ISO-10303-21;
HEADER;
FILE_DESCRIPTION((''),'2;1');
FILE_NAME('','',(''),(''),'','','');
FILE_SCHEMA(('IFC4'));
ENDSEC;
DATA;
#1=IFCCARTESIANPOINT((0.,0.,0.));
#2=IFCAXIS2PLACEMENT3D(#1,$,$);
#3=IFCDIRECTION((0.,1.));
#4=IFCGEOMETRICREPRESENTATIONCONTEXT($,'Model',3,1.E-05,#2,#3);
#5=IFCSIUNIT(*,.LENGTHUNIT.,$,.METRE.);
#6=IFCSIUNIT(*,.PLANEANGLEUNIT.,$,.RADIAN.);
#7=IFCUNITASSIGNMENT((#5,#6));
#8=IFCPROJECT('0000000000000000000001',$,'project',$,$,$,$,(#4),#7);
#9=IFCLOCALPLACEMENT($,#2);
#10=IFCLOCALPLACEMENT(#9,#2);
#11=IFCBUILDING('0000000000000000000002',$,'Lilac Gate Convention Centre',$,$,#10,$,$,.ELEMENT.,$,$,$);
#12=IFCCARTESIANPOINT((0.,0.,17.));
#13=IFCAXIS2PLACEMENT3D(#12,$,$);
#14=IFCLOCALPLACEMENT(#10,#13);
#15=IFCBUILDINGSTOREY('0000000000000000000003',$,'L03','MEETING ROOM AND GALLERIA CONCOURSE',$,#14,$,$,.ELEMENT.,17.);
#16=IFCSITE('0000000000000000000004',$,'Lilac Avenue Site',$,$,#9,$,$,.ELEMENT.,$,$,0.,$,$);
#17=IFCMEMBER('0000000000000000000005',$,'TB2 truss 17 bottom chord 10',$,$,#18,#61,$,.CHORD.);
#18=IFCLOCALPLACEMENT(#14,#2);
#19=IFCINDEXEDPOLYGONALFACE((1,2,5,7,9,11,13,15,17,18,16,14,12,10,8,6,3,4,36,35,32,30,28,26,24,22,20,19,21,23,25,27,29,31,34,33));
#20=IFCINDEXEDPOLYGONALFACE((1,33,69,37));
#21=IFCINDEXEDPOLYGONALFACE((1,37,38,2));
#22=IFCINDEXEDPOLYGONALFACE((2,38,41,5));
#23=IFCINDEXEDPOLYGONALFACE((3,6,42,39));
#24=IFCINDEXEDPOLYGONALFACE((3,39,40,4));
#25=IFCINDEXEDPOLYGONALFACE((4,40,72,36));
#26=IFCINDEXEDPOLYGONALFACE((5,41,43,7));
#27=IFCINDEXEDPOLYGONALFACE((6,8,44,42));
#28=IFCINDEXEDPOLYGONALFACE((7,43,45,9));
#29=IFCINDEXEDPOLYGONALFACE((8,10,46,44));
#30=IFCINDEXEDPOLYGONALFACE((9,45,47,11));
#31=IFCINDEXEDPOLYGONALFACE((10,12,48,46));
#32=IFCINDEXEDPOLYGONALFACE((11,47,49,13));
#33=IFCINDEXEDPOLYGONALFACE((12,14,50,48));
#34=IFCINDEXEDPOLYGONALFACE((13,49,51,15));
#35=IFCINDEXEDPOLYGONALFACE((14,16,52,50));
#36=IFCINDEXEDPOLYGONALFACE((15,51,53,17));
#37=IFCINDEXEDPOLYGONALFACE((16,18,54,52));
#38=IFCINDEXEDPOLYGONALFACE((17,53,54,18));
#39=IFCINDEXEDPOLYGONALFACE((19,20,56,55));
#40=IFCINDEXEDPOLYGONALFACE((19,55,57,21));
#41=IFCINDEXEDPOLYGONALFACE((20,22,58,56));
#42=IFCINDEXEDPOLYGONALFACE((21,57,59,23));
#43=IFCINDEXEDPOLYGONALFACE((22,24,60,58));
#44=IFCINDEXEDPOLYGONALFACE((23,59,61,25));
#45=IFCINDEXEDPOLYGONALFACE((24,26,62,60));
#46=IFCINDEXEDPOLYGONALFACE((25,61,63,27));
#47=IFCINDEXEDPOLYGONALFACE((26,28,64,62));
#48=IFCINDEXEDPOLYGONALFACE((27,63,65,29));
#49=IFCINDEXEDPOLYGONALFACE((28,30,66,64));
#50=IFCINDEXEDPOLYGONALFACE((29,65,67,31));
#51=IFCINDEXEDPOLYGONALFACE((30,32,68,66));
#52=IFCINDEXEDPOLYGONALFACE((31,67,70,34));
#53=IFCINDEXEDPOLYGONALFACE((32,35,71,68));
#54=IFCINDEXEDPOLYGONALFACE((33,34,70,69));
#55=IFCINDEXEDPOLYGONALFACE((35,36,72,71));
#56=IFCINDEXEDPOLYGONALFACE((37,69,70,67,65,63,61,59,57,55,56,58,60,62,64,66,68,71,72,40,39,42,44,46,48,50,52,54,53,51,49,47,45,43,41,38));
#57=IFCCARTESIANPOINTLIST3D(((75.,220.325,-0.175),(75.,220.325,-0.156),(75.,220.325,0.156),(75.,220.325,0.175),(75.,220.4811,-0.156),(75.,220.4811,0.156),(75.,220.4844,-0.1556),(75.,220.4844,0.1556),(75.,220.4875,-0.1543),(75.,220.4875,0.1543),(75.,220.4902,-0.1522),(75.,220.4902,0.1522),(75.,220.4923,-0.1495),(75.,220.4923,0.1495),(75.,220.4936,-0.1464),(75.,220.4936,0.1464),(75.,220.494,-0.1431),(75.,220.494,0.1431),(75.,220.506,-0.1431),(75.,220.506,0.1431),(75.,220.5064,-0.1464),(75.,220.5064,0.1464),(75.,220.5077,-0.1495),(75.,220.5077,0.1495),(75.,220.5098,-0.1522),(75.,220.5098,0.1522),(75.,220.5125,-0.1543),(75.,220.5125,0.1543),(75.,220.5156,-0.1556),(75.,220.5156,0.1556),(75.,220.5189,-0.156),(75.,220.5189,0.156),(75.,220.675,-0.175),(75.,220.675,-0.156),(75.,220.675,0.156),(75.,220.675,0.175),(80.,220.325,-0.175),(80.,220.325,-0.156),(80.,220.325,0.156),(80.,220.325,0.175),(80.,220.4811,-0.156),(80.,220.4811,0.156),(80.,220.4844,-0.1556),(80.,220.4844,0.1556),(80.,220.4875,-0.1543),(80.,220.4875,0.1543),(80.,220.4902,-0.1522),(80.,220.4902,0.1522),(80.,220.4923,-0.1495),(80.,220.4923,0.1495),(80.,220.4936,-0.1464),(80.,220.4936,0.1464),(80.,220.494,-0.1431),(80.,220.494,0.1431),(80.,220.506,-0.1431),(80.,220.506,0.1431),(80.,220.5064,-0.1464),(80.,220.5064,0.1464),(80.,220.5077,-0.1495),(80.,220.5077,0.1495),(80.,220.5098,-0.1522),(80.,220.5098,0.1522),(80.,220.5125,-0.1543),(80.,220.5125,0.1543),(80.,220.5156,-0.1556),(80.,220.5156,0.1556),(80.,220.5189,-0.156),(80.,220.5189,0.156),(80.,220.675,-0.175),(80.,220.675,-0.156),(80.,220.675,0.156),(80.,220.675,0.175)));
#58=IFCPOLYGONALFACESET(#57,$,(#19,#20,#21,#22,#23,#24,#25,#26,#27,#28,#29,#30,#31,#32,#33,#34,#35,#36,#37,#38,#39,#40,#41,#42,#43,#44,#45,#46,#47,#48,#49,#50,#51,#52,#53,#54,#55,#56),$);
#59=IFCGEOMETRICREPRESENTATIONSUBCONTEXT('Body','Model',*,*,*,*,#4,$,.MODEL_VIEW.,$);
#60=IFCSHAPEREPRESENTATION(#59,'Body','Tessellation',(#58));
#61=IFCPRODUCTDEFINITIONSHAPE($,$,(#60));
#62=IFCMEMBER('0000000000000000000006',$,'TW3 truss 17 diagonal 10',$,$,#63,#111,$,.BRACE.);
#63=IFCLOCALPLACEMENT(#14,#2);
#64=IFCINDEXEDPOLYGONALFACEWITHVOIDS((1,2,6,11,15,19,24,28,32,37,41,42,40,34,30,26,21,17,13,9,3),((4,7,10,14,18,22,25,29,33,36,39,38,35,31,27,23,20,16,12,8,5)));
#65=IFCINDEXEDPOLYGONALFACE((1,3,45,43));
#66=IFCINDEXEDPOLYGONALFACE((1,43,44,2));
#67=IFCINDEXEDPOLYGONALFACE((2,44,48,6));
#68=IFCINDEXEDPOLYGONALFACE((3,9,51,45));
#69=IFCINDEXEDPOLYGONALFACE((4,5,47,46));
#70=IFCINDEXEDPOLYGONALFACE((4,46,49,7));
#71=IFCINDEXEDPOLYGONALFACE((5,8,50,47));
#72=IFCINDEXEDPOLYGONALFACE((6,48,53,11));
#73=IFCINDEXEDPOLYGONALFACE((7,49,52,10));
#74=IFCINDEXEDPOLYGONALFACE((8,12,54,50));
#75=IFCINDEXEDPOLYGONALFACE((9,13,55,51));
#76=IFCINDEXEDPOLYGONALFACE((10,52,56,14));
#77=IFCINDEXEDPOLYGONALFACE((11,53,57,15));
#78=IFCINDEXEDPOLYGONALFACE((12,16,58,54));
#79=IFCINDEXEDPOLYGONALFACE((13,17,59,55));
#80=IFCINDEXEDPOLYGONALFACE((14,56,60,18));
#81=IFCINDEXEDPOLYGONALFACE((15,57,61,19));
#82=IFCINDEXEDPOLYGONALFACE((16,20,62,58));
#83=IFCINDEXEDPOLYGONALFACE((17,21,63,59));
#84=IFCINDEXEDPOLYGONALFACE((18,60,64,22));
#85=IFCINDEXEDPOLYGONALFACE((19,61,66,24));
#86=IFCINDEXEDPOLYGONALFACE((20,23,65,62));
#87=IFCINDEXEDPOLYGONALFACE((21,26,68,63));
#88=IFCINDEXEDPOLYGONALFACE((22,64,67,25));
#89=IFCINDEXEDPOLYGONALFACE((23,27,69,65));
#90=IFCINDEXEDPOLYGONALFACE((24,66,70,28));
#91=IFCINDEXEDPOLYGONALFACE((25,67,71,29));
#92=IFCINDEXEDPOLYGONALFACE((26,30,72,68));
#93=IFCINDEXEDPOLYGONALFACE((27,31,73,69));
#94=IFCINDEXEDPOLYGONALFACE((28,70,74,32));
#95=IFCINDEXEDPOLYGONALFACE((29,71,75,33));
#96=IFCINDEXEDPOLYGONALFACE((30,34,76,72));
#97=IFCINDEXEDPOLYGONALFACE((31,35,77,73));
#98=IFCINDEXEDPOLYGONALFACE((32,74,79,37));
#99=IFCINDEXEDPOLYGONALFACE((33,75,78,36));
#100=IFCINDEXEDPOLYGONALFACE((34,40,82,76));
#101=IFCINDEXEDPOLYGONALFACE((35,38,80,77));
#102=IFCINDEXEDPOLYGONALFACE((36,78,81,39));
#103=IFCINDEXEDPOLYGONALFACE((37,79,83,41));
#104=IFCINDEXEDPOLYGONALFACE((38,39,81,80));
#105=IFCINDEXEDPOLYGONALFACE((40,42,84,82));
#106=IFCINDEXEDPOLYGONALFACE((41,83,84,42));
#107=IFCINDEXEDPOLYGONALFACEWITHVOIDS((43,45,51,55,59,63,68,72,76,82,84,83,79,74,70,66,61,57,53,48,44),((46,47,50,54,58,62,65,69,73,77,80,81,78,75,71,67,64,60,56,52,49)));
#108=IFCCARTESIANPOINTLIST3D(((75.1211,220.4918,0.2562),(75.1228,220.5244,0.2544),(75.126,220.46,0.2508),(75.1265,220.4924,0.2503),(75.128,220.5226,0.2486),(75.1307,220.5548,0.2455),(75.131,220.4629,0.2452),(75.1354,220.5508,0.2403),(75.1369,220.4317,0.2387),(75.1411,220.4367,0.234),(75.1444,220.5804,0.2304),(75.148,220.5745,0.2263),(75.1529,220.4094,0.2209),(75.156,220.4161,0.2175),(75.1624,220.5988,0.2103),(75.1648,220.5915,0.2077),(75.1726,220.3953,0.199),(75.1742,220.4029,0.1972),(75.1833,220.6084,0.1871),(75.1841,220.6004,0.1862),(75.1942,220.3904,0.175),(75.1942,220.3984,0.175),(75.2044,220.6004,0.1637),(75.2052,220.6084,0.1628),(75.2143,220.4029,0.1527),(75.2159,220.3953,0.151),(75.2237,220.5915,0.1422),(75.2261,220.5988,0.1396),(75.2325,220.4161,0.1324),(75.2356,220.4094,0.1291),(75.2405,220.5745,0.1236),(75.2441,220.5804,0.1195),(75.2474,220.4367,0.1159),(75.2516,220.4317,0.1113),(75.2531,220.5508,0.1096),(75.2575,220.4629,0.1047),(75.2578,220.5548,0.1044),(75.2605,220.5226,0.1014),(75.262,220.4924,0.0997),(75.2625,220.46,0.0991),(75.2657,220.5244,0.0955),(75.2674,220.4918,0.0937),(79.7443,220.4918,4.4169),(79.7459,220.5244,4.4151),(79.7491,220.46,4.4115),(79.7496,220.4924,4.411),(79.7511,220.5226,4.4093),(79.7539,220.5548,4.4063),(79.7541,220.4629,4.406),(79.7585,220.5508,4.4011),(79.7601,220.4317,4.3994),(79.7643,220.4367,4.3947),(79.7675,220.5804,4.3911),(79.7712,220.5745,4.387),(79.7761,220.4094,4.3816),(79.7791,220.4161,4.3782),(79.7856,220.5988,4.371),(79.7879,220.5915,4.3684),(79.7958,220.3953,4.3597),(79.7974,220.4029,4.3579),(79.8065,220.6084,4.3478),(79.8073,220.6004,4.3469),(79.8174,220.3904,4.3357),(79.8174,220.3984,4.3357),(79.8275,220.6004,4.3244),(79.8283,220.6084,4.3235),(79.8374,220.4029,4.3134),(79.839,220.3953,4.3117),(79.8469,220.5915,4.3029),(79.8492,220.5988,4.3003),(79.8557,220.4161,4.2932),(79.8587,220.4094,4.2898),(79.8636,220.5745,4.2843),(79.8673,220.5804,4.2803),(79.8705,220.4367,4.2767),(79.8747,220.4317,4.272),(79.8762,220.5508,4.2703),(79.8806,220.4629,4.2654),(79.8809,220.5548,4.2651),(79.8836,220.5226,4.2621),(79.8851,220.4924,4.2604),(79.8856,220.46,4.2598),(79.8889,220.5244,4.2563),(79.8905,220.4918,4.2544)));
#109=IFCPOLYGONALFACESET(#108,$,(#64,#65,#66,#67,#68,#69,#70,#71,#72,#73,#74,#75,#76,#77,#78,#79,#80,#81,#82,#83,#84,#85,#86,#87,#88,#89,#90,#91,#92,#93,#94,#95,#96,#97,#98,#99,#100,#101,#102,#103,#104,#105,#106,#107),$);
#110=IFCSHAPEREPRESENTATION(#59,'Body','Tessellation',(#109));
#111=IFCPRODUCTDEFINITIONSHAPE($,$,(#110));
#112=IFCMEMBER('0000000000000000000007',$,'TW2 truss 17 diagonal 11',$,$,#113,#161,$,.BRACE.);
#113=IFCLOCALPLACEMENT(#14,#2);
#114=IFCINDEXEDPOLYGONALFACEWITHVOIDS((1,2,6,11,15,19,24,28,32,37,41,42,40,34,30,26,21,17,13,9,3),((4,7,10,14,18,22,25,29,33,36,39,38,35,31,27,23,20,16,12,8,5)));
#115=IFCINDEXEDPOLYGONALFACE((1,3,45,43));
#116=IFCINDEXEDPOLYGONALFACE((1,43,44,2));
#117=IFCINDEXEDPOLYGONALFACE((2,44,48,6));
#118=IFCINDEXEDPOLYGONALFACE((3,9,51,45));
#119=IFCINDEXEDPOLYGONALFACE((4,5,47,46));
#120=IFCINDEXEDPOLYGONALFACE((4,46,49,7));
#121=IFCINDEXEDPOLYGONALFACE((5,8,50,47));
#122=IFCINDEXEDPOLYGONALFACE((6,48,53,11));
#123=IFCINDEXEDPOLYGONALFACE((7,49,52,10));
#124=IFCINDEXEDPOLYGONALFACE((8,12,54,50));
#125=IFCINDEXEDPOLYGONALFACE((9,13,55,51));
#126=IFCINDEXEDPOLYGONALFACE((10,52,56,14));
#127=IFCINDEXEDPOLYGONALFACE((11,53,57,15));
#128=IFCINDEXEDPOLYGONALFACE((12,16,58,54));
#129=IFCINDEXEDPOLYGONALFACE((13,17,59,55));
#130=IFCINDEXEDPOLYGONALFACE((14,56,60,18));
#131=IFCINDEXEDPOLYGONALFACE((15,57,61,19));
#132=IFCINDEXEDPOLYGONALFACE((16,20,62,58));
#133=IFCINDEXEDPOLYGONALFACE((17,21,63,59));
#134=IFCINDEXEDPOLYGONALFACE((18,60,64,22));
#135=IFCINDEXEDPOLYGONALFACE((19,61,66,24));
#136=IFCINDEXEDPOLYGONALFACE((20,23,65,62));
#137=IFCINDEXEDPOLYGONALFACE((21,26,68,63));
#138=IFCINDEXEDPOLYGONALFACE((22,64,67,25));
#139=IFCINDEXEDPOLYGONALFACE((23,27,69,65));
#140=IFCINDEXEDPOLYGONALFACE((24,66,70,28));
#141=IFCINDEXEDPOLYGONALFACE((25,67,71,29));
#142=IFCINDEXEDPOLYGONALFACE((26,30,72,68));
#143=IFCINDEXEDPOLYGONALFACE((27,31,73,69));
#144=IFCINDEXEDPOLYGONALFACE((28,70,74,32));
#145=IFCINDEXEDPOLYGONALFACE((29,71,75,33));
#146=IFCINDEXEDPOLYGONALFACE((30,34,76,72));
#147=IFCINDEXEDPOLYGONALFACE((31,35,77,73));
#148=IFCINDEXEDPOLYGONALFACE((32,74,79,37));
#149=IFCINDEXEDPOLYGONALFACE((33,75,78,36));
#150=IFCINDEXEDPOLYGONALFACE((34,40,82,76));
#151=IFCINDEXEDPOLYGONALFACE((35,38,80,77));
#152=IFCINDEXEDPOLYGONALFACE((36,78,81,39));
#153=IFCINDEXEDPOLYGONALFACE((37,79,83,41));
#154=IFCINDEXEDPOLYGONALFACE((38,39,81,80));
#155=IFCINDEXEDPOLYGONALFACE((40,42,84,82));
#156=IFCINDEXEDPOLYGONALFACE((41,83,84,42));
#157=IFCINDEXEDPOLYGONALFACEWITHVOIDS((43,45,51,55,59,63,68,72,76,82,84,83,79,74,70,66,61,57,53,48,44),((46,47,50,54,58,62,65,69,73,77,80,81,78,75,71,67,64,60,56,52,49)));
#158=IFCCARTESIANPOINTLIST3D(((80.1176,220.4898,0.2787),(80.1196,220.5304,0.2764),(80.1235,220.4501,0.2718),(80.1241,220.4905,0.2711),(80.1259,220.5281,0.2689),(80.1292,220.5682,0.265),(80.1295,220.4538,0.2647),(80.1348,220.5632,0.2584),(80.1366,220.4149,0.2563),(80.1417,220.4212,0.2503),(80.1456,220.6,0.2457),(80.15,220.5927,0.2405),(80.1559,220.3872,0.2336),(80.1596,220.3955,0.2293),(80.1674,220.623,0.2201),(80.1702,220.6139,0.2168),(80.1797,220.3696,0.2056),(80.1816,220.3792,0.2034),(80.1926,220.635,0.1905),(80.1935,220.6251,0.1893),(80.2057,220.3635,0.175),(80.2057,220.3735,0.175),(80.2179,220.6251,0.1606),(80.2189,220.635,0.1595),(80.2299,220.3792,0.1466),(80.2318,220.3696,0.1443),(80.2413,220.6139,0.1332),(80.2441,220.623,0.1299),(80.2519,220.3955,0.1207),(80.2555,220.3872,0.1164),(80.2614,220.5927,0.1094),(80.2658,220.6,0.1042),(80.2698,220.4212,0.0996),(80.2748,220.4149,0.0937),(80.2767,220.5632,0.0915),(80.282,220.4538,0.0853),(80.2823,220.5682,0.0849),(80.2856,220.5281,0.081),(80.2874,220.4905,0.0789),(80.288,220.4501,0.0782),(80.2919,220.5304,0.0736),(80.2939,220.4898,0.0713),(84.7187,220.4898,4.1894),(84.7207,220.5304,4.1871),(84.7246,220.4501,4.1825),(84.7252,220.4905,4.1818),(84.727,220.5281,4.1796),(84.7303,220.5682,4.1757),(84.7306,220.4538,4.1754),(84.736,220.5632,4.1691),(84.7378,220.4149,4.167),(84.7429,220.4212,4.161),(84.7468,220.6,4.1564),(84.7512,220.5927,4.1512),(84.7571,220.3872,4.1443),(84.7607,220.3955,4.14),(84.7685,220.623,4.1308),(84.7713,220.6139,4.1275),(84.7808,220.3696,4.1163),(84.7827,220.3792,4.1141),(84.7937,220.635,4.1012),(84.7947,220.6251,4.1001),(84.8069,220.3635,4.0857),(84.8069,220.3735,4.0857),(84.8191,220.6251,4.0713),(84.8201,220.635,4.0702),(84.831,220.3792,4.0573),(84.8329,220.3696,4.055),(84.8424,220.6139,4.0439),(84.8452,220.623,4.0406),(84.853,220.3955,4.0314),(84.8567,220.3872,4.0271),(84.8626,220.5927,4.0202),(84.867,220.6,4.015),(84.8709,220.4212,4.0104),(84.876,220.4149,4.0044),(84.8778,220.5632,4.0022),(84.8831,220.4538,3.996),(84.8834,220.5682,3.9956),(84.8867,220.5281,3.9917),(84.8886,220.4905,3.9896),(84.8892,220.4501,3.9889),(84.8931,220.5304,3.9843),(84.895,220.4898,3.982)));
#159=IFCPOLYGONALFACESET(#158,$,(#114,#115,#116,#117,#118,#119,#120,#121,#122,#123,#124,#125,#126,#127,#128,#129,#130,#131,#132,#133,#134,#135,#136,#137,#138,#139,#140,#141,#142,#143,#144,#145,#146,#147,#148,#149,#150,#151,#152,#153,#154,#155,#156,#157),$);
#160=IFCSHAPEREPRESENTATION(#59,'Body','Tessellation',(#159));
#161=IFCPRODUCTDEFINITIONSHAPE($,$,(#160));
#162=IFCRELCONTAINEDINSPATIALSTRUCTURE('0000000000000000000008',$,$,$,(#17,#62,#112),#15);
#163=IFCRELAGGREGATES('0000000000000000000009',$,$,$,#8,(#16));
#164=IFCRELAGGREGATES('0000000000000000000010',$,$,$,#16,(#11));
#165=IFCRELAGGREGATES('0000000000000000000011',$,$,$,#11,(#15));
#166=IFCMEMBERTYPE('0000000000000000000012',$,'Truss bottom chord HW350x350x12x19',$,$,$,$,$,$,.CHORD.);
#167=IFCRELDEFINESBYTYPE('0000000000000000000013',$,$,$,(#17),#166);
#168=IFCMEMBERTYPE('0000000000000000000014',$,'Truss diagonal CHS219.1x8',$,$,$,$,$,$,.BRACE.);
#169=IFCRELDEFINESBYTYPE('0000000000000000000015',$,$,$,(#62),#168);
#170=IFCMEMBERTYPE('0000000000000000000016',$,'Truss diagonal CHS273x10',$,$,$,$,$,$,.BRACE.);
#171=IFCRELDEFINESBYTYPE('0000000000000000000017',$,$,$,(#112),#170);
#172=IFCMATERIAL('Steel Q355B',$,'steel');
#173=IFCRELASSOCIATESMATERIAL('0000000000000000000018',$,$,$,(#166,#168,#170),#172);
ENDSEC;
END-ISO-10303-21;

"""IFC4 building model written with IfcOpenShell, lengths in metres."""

from ifc_helpers import new_model, si_unit, direction, frame, origin, origin_2d, place, context, subcontext, project, spatial, hollow_circle, i_section, extrude, material, material_profile, profile_set, type_object, element, save


model = new_model("IFC4")

# Units and contexts
model_context = context("Model", 3, precision=1e-05, world=origin(), true_north=direction((0.0, 1.0)))
body_context = subcontext(model_context, "Body", "Model", "MODEL_VIEW")
ifc_project = project(units=[si_unit("LENGTHUNIT", "METRE"), si_unit("PLANEANGLEUNIT", "RADIAN")], contexts=[model_context])

# Site, building, storey
site_placement = place(None, origin())
site = spatial("IfcSite", under=ifc_project, at=site_placement, Name="Lilac Avenue Site", CompositionType="ELEMENT", RefElevation=0.0)
building_placement = place(site_placement, origin())
building = spatial("IfcBuilding", under=site, at=building_placement, Name="Lilac Gate Convention Centre", CompositionType="ELEMENT")
storey_placement = place(building_placement, frame((0.0, 0.0, 17.0)))
storey = spatial("IfcBuildingStorey", under=building, at=storey_placement, Name="L03", Description="MEETING ROOM AND GALLERIA CONCOURSE", CompositionType="ELEMENT", Elevation=17.0)

# Members
ifc_material = material(Name="Steel Q355B", Category="steel")
ifc_material_profile_1 = material_profile(ifc_material, i_section(OverallWidth=0.3501, OverallDepth=0.3501, WebThickness=0.012, FlangeThickness=0.019, FilletRadius=0.0129, at=origin_2d()), Name="HW350x350x12x19")
ifc_profile_set_1 = profile_set([ifc_material_profile_1], Name="Steel Q355B")
member_type_1 = type_object("IfcMemberType", Name="Truss bottom chord HW350x350x12x19", PredefinedType="CHORD", material=ifc_profile_set_1)
member_1_placement = place(storey_placement, frame((75.0, 220.5, 0.0), z_axis=(1.0, 0.0, 0.0), x_axis=(0.0, 1.0, 0.0)))
element("IfcMember", 1, at=member_1_placement, inside=storey, type_object=member_type_1, Name="TB2 truss 17 bottom chord 10", PredefinedType="CHORD", context=body_context, shape_type="SweptSolid", body=[
    extrude(i_section(OverallWidth=0.3501, OverallDepth=0.3501, WebThickness=0.012, FlangeThickness=0.019, FilletRadius=0.0129, at=origin_2d()), origin(), (0.0, 0.0, 1.0), 5.0),
])
ifc_material_profile_2 = material_profile(ifc_material, hollow_circle(Radius=0.1096, WallThickness=0.0081, at=origin_2d()), Name="CHS219.1x8")
ifc_profile_set_2 = profile_set([ifc_material_profile_2], Name="Steel Q355B")
member_type_2 = type_object("IfcMemberType", Name="Truss diagonal CHS219.1x8", PredefinedType="BRACE", material=ifc_profile_set_2)
member_2_placement = place(storey_placement, frame((79.8174, 220.5, 4.3357), z_axis=(-0.743302, 0.0, -0.668956), x_axis=(0.0, -1.0, 0.0)))
element("IfcMember", 2, at=member_2_placement, inside=storey, type_object=member_type_2, Name="TW3 truss 17 diagonal 10", PredefinedType="BRACE", context=body_context, shape_type="SweptSolid", body=[
    extrude(hollow_circle(Radius=0.1096, WallThickness=0.0081, at=origin_2d()), origin(), (0.0, 0.0, 1.0), 6.2197),
])
ifc_material_profile_3 = material_profile(ifc_material, hollow_circle(Radius=0.1365, WallThickness=0.01, at=origin_2d()), Name="CHS273x10")
ifc_profile_set_3 = profile_set([ifc_material_profile_3], Name="Steel Q355B")
member_type_3 = type_object("IfcMemberType", Name="Truss diagonal CHS273x10", PredefinedType="BRACE", material=ifc_profile_set_3)
member_3_placement = place(storey_placement, frame((84.8069, 220.5, 4.0857), z_axis=(-0.761961, 0.0, -0.647623), x_axis=(0.0, -1.0, 0.0)))
element("IfcMember", 3, at=member_3_placement, inside=storey, type_object=member_type_3, Name="TW2 truss 17 diagonal 11", PredefinedType="BRACE", context=body_context, shape_type="SweptSolid", body=[
    extrude(hollow_circle(Radius=0.1365, WallThickness=0.01, at=origin_2d()), origin(), (0.0, 0.0, 1.0), 6.0386),
])

save(model, "model.ifc")
